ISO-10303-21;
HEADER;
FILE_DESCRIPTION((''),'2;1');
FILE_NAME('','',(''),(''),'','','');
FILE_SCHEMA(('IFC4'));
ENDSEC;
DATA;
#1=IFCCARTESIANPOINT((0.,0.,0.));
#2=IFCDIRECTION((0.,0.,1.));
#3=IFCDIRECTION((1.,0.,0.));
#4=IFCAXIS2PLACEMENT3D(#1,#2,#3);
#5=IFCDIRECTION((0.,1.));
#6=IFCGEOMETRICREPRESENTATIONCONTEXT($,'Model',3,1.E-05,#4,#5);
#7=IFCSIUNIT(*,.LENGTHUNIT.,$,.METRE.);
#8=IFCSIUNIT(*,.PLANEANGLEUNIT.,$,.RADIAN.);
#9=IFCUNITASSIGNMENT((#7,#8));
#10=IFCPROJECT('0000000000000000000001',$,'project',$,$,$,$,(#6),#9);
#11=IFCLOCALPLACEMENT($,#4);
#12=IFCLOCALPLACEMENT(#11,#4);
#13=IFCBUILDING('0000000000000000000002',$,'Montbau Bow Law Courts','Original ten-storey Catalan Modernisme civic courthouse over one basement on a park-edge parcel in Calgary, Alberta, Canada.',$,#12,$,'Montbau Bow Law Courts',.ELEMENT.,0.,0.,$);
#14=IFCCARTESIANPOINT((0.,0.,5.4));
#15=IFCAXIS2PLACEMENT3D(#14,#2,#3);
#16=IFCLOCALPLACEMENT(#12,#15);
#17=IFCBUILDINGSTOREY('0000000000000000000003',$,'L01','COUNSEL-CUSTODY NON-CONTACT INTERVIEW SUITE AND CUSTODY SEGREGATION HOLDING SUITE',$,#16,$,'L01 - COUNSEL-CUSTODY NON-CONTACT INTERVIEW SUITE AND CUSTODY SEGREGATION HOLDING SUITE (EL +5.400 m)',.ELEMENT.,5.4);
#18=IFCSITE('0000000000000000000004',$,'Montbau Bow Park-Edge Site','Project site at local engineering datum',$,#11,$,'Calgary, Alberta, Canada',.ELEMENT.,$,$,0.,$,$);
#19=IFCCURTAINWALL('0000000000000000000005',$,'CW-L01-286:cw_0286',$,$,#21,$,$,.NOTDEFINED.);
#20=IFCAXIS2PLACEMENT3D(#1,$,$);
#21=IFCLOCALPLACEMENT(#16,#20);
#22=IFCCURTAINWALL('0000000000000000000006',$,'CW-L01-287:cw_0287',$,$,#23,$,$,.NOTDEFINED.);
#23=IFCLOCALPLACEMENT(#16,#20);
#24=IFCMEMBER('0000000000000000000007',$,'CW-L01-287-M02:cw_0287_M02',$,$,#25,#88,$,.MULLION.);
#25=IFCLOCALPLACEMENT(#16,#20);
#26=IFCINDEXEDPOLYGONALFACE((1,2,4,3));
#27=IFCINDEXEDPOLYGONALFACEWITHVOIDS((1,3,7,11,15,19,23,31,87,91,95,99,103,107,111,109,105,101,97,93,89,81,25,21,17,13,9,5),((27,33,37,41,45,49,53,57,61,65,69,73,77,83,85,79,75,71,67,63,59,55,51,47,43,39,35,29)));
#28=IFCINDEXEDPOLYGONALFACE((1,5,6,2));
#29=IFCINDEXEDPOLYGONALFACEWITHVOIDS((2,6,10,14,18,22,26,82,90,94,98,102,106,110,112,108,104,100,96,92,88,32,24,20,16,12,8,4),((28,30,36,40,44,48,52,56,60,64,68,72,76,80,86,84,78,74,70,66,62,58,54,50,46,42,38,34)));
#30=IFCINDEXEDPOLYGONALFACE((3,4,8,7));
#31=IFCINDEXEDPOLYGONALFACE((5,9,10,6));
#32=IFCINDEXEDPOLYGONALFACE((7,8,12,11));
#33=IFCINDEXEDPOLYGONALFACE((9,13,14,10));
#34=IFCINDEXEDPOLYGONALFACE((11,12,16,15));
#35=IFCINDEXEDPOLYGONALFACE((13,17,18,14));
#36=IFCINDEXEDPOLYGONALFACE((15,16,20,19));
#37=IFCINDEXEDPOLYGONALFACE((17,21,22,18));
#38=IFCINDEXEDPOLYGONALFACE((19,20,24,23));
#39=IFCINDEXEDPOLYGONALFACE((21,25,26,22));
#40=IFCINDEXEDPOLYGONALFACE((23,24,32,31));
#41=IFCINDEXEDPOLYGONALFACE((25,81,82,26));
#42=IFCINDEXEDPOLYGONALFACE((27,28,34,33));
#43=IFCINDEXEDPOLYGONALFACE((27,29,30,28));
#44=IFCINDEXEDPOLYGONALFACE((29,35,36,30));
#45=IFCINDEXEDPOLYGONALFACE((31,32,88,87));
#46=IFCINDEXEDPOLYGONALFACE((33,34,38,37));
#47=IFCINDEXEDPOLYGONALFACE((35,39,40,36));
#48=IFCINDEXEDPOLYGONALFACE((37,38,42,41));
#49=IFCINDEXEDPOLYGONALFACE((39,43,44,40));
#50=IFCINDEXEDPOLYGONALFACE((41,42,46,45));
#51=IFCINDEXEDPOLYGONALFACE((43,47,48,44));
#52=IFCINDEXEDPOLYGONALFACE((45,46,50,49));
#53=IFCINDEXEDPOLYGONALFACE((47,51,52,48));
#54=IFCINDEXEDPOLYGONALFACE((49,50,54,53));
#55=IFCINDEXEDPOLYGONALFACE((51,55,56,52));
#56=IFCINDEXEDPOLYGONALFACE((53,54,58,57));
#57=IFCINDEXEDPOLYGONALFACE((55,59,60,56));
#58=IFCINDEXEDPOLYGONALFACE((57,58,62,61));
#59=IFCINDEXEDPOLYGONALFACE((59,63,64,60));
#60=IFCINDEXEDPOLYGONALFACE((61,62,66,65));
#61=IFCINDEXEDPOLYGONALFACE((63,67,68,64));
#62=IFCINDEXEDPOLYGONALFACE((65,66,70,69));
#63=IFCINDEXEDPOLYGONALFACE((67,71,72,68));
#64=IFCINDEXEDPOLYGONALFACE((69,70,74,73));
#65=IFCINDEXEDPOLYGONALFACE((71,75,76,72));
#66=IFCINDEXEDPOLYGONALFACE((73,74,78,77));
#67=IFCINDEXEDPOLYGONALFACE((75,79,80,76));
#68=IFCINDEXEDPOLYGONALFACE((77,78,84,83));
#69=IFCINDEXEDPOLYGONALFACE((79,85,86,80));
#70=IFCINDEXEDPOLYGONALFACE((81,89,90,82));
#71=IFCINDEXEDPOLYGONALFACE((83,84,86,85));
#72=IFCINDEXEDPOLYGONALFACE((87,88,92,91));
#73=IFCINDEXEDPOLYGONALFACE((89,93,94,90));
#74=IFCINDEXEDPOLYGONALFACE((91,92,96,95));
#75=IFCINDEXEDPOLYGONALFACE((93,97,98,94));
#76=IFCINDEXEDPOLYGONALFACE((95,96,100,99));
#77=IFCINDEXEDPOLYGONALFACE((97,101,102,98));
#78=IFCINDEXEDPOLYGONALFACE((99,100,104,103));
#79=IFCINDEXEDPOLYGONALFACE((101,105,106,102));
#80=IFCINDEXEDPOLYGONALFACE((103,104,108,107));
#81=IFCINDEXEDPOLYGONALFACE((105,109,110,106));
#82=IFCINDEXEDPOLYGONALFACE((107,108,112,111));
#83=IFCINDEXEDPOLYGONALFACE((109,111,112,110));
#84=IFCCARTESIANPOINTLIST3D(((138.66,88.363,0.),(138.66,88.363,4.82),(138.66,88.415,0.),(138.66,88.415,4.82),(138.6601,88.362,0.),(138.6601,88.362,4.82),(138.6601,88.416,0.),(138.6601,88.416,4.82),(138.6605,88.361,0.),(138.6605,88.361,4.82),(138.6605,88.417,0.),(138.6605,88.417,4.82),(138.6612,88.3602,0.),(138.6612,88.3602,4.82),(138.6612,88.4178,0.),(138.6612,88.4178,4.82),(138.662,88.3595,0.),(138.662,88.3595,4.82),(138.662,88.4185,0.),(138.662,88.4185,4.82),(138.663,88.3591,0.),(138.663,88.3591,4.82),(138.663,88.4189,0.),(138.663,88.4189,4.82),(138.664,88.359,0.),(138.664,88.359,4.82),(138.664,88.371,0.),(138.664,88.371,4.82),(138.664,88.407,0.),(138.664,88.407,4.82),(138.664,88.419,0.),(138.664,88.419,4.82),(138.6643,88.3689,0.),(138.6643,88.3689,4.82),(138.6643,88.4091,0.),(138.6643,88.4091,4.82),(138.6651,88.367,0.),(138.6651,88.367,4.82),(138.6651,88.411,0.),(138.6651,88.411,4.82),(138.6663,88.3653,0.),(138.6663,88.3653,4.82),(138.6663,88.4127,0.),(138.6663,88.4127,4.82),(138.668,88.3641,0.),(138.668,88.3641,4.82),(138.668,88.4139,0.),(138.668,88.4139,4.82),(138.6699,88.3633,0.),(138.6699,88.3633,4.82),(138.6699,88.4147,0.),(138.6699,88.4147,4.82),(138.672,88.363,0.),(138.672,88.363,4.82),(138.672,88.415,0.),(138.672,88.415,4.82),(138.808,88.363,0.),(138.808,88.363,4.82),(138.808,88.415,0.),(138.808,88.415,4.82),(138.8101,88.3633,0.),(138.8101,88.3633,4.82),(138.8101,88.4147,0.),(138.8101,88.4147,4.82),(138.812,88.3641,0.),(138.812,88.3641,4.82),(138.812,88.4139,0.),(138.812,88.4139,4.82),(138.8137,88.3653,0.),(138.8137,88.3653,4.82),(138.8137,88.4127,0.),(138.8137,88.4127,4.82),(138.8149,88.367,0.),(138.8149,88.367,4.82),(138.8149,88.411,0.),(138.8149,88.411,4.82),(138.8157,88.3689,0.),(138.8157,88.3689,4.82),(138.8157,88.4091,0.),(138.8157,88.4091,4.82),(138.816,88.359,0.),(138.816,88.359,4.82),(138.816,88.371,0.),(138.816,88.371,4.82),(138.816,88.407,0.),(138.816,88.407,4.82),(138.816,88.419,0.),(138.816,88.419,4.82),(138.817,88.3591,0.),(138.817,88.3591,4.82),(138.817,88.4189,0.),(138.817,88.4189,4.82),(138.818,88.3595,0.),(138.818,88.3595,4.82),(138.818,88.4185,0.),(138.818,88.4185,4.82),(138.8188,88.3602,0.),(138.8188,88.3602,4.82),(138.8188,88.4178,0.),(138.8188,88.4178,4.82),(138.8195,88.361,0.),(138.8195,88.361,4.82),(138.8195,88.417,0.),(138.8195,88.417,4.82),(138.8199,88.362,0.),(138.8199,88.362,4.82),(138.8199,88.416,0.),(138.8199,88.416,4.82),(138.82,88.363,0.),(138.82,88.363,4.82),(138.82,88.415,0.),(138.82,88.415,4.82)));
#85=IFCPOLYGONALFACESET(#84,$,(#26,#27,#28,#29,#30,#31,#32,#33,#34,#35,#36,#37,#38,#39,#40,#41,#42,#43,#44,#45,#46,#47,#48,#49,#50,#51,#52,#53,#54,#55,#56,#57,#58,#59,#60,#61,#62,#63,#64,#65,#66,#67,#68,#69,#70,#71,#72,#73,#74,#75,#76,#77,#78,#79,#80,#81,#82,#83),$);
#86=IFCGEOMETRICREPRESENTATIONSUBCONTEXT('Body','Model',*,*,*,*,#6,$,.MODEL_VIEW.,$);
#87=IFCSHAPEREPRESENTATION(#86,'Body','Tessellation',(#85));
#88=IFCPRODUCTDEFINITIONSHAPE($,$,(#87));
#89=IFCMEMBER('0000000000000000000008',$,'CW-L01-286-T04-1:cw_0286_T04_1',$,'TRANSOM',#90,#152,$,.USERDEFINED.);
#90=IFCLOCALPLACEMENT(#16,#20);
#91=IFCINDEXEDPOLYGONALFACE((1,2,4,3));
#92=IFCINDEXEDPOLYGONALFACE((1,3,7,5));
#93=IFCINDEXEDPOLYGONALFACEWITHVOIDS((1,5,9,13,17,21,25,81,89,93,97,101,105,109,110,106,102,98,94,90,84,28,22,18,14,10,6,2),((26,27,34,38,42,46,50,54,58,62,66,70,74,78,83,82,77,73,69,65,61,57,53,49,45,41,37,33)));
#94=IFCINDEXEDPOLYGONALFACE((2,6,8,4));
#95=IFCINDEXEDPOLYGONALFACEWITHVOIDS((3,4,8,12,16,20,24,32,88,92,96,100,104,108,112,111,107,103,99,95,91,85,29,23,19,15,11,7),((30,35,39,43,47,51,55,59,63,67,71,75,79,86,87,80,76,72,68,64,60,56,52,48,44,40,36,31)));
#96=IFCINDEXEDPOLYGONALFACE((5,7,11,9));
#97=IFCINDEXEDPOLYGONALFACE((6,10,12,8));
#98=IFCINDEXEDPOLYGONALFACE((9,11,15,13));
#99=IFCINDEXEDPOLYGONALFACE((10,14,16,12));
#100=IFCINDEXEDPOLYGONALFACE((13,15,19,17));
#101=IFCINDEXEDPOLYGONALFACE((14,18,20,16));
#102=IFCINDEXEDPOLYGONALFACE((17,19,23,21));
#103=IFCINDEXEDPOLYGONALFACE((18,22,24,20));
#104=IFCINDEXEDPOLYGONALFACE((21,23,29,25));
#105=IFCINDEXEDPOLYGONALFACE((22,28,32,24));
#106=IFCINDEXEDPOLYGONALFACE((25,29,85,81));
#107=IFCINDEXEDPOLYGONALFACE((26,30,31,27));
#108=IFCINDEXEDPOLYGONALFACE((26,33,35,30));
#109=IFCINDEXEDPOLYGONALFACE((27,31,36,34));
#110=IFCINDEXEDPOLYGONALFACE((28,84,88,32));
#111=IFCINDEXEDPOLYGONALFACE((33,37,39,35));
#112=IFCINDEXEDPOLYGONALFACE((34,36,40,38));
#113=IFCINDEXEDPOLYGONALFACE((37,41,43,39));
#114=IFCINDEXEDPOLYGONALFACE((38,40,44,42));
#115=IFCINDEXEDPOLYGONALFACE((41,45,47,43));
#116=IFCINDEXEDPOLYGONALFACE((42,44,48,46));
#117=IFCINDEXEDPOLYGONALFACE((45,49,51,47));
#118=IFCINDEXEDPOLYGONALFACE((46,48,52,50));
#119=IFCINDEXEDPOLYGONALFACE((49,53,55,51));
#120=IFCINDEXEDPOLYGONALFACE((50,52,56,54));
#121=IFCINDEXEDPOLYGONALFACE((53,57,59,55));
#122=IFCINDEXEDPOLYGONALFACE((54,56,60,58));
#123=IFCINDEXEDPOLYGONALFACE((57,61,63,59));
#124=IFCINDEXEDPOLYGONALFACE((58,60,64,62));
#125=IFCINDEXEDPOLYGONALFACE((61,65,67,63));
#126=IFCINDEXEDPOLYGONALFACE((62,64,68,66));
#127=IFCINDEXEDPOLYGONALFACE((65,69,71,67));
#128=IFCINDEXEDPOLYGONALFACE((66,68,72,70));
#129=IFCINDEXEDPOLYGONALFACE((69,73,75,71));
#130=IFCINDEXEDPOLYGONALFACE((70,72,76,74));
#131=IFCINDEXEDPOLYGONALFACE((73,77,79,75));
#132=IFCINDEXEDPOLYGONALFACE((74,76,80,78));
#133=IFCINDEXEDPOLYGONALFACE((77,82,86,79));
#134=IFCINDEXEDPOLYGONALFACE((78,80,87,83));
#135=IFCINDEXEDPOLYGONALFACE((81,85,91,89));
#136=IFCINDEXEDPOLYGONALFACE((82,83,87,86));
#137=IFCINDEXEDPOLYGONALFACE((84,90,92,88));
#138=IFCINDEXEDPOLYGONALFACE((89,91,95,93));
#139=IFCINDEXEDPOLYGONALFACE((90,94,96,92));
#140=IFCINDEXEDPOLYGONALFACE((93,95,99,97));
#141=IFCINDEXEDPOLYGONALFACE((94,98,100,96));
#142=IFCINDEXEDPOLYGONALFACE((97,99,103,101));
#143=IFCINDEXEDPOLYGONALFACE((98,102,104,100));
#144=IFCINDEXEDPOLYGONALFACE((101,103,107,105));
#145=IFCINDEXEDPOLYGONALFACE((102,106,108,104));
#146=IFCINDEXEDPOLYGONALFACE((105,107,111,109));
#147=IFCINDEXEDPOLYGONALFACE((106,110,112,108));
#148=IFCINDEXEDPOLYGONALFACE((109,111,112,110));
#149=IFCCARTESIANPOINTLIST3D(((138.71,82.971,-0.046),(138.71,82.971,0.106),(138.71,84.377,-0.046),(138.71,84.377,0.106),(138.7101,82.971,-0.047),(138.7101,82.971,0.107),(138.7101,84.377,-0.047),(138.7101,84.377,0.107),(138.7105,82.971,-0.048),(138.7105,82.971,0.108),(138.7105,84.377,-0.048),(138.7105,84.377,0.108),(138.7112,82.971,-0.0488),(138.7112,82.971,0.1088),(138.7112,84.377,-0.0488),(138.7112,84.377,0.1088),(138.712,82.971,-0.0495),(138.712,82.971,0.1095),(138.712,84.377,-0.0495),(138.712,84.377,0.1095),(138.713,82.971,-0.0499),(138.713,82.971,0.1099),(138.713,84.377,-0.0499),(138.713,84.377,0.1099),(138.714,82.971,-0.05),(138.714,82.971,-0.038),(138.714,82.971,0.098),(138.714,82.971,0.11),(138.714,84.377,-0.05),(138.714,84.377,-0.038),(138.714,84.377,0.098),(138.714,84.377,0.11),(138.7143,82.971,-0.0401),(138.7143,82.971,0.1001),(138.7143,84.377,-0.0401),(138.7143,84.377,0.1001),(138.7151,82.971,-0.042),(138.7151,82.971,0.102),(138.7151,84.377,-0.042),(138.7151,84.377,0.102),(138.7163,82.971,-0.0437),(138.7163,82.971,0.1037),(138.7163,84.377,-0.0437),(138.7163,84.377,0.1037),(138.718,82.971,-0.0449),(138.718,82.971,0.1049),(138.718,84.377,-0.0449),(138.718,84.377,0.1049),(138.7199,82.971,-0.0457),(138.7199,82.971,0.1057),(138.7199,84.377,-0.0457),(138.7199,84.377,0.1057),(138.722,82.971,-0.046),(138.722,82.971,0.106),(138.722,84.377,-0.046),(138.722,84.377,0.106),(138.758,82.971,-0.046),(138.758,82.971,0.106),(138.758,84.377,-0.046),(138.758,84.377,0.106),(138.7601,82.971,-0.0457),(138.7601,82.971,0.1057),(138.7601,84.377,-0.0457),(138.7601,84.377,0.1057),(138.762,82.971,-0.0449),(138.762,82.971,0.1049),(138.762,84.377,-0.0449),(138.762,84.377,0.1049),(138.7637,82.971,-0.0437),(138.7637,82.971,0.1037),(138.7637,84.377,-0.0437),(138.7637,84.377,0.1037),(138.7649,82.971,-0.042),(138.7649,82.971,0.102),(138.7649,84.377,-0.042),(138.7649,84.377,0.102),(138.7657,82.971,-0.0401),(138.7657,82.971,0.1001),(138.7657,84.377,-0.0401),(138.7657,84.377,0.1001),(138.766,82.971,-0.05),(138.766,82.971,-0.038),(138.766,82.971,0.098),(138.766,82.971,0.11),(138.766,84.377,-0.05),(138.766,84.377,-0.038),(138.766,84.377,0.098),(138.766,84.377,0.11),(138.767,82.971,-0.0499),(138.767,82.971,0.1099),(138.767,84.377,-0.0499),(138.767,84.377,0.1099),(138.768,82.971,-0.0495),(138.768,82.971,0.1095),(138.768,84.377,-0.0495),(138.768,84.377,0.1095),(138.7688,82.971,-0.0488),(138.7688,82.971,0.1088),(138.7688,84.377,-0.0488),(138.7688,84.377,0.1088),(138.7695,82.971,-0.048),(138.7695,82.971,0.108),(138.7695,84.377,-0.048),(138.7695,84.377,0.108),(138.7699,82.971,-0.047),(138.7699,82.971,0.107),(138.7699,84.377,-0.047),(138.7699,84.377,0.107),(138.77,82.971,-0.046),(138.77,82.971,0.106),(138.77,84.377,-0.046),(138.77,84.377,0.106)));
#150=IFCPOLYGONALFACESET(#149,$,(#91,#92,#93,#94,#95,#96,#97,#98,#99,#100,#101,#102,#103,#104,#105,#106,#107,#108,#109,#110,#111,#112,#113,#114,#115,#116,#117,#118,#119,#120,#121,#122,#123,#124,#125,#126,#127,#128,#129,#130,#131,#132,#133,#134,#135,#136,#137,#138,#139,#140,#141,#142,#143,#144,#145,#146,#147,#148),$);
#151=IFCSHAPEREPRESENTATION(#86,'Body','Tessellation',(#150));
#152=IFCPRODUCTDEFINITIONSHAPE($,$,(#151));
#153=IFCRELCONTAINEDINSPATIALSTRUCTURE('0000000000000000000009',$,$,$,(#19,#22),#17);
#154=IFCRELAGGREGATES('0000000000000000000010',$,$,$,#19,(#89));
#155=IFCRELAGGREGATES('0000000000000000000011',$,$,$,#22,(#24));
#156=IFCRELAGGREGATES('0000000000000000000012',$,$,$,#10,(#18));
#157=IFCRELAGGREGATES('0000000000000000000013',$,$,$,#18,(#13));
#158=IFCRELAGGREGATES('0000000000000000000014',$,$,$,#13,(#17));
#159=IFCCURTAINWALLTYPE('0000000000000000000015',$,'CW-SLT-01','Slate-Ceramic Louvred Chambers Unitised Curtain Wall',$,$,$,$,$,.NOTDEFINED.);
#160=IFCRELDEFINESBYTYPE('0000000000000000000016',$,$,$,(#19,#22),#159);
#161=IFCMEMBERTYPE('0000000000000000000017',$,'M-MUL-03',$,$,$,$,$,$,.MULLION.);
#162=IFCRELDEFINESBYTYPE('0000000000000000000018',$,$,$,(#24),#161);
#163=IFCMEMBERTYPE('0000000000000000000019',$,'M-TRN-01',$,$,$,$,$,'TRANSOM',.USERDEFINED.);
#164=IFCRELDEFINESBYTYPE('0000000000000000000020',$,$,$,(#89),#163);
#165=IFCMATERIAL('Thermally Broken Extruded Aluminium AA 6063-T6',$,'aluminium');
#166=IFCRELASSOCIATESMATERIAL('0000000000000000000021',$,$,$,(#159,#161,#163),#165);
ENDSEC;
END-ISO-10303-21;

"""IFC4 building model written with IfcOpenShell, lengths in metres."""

from ifc_helpers import new_model, si_unit, direction, frame, origin_with_axes, origin_2d_with_axis, place, context, subcontext, project, spatial, hollow_rectangle, extrude, material, material_profile, profile_set, type_object, element, aggregate, save


model = new_model("IFC4")

# Units and contexts
model_context = context("Model", 3, precision=1e-05, world=origin_with_axes(), true_north=direction((0.0, 1.0)))
body_context = subcontext(model_context, "Body", "Model", "MODEL_VIEW")
ifc_project = project(units=[si_unit("LENGTHUNIT", "METRE"), si_unit("PLANEANGLEUNIT", "RADIAN")], contexts=[model_context])

# Site, building, storey
site_placement = place(None, origin_with_axes())
site = spatial("IfcSite", under=ifc_project, at=site_placement, Name="Montbau Bow Park-Edge Site", Description="Project site at local engineering datum", LongName="Calgary, Alberta, Canada", CompositionType="ELEMENT", RefElevation=0.0)
building_placement = place(site_placement, origin_with_axes())
building = spatial("IfcBuilding", under=site, at=building_placement, Name="Montbau Bow Law Courts", Description="Original ten-storey Catalan Modernisme civic courthouse over one basement on a park-edge parcel in Calgary, Alberta, Canada.", LongName="Montbau Bow Law Courts", CompositionType="ELEMENT", ElevationOfRefHeight=0.0, ElevationOfTerrain=0.0)
storey_placement = place(building_placement, frame((0.0, 0.0, 5.4), z_axis=(0.0, 0.0, 1.0), x_axis=(1.0, 0.0, 0.0)))
storey = spatial("IfcBuildingStorey", under=building, at=storey_placement, Name="L01", Description="COUNSEL-CUSTODY NON-CONTACT INTERVIEW SUITE AND CUSTODY SEGREGATION HOLDING SUITE", LongName="L01 - COUNSEL-CUSTODY NON-CONTACT INTERVIEW SUITE AND CUSTODY SEGREGATION HOLDING SUITE (EL +5.400 m)", CompositionType="ELEMENT", Elevation=5.4)

# Curtain walls, member
ifc_material_1 = material(Name="Thermally Broken Extruded Aluminium AA 6063-T6", Category="aluminium")
curtain_wall_type = type_object("IfcCurtainWallType", Name="CW-SLT-01", Description="Slate-Ceramic Louvred Chambers Unitised Curtain Wall", PredefinedType="NOTDEFINED", material=ifc_material_1)
curtain_wall_1_placement = place(None, frame((138.74, 78.515, 5.4), z_axis=(0.0, 0.0, 1.0), x_axis=(1.0, 0.0, 0.0)))
curtain_wall_1 = element("IfcCurtainWall", 1, at=curtain_wall_1_placement, inside=storey, type_object=curtain_wall_type, Name="CW-L01-286:cw_0286", PredefinedType="NOTDEFINED")
curtain_wall_2_placement = place(None, frame((138.74, 86.915, 5.4), z_axis=(0.0, 0.0, 1.0), x_axis=(1.0, 0.0, 0.0)))
curtain_wall_2 = element("IfcCurtainWall", 2, at=curtain_wall_2_placement, inside=storey, type_object=curtain_wall_type, Name="CW-L01-287:cw_0287", PredefinedType="NOTDEFINED")
ifc_material_profile_1 = material_profile(ifc_material_1, hollow_rectangle(XDim=0.06, YDim=0.16, WallThickness=0.004, InnerFilletRadius=0.008, OuterFilletRadius=0.004, at=origin_2d_with_axis()), Name="CWM-160X60", Category="Main", Priority=0)
ifc_profile_set_1 = profile_set([ifc_material_profile_1], Name="Thermally Broken Extruded Aluminium AA 6063-T6")
member_type_1 = type_object("IfcMemberType", Name="M-MUL-03", PredefinedType="MULLION", material=ifc_profile_set_1)
member_1_placement = place(None, frame((138.74, 88.389, 5.4), z_axis=(0.0, 0.0, 1.0), x_axis=(0.0, 1.0, 0.0)))
member_1 = element("IfcMember", 3, at=member_1_placement, type_object=member_type_1, Name="CW-L01-287-M02:cw_0287_M02", PredefinedType="MULLION", context=body_context, shape_type="SweptSolid", body=[
    extrude(hollow_rectangle(XDim=0.06, YDim=0.16, WallThickness=0.004, InnerFilletRadius=0.008, OuterFilletRadius=0.004, at=origin_2d_with_axis()), origin_with_axes(), (0.0, 0.0, 1.0), 4.82),
])

# Member
ifc_material_profile_2 = material_profile(ifc_material_1, hollow_rectangle(XDim=0.06, YDim=0.16, WallThickness=0.004, InnerFilletRadius=0.008, OuterFilletRadius=0.004, at=origin_2d_with_axis()), Name="CWT-160X60", Category="Main", Priority=0)
ifc_profile_set_2 = profile_set([ifc_material_profile_2], Name="Thermally Broken Extruded Aluminium AA 6063-T6")
member_type_2 = type_object("IfcMemberType", Name="M-TRN-01", ElementType="TRANSOM", PredefinedType="USERDEFINED", material=ifc_profile_set_2)
member_2_placement = place(None, frame((138.74, 82.971, 5.43), z_axis=(0.0, 1.0, 0.0), x_axis=(-1.0, 0.0, 0.0)))
member_2 = element("IfcMember", 4, at=member_2_placement, type_object=member_type_2, Name="CW-L01-286-T04-1:cw_0286_T04_1", ObjectType="TRANSOM", PredefinedType="USERDEFINED", context=body_context, shape_type="SweptSolid", body=[
    extrude(hollow_rectangle(XDim=0.06, YDim=0.16, WallThickness=0.004, InnerFilletRadius=0.008, OuterFilletRadius=0.004, at=origin_2d_with_axis()), origin_with_axes(), (0.0, 0.0, 1.0), 1.406),
])

aggregate(curtain_wall_1, [member_2])
aggregate(curtain_wall_2, [member_1])

save(model, "model.ifc")
